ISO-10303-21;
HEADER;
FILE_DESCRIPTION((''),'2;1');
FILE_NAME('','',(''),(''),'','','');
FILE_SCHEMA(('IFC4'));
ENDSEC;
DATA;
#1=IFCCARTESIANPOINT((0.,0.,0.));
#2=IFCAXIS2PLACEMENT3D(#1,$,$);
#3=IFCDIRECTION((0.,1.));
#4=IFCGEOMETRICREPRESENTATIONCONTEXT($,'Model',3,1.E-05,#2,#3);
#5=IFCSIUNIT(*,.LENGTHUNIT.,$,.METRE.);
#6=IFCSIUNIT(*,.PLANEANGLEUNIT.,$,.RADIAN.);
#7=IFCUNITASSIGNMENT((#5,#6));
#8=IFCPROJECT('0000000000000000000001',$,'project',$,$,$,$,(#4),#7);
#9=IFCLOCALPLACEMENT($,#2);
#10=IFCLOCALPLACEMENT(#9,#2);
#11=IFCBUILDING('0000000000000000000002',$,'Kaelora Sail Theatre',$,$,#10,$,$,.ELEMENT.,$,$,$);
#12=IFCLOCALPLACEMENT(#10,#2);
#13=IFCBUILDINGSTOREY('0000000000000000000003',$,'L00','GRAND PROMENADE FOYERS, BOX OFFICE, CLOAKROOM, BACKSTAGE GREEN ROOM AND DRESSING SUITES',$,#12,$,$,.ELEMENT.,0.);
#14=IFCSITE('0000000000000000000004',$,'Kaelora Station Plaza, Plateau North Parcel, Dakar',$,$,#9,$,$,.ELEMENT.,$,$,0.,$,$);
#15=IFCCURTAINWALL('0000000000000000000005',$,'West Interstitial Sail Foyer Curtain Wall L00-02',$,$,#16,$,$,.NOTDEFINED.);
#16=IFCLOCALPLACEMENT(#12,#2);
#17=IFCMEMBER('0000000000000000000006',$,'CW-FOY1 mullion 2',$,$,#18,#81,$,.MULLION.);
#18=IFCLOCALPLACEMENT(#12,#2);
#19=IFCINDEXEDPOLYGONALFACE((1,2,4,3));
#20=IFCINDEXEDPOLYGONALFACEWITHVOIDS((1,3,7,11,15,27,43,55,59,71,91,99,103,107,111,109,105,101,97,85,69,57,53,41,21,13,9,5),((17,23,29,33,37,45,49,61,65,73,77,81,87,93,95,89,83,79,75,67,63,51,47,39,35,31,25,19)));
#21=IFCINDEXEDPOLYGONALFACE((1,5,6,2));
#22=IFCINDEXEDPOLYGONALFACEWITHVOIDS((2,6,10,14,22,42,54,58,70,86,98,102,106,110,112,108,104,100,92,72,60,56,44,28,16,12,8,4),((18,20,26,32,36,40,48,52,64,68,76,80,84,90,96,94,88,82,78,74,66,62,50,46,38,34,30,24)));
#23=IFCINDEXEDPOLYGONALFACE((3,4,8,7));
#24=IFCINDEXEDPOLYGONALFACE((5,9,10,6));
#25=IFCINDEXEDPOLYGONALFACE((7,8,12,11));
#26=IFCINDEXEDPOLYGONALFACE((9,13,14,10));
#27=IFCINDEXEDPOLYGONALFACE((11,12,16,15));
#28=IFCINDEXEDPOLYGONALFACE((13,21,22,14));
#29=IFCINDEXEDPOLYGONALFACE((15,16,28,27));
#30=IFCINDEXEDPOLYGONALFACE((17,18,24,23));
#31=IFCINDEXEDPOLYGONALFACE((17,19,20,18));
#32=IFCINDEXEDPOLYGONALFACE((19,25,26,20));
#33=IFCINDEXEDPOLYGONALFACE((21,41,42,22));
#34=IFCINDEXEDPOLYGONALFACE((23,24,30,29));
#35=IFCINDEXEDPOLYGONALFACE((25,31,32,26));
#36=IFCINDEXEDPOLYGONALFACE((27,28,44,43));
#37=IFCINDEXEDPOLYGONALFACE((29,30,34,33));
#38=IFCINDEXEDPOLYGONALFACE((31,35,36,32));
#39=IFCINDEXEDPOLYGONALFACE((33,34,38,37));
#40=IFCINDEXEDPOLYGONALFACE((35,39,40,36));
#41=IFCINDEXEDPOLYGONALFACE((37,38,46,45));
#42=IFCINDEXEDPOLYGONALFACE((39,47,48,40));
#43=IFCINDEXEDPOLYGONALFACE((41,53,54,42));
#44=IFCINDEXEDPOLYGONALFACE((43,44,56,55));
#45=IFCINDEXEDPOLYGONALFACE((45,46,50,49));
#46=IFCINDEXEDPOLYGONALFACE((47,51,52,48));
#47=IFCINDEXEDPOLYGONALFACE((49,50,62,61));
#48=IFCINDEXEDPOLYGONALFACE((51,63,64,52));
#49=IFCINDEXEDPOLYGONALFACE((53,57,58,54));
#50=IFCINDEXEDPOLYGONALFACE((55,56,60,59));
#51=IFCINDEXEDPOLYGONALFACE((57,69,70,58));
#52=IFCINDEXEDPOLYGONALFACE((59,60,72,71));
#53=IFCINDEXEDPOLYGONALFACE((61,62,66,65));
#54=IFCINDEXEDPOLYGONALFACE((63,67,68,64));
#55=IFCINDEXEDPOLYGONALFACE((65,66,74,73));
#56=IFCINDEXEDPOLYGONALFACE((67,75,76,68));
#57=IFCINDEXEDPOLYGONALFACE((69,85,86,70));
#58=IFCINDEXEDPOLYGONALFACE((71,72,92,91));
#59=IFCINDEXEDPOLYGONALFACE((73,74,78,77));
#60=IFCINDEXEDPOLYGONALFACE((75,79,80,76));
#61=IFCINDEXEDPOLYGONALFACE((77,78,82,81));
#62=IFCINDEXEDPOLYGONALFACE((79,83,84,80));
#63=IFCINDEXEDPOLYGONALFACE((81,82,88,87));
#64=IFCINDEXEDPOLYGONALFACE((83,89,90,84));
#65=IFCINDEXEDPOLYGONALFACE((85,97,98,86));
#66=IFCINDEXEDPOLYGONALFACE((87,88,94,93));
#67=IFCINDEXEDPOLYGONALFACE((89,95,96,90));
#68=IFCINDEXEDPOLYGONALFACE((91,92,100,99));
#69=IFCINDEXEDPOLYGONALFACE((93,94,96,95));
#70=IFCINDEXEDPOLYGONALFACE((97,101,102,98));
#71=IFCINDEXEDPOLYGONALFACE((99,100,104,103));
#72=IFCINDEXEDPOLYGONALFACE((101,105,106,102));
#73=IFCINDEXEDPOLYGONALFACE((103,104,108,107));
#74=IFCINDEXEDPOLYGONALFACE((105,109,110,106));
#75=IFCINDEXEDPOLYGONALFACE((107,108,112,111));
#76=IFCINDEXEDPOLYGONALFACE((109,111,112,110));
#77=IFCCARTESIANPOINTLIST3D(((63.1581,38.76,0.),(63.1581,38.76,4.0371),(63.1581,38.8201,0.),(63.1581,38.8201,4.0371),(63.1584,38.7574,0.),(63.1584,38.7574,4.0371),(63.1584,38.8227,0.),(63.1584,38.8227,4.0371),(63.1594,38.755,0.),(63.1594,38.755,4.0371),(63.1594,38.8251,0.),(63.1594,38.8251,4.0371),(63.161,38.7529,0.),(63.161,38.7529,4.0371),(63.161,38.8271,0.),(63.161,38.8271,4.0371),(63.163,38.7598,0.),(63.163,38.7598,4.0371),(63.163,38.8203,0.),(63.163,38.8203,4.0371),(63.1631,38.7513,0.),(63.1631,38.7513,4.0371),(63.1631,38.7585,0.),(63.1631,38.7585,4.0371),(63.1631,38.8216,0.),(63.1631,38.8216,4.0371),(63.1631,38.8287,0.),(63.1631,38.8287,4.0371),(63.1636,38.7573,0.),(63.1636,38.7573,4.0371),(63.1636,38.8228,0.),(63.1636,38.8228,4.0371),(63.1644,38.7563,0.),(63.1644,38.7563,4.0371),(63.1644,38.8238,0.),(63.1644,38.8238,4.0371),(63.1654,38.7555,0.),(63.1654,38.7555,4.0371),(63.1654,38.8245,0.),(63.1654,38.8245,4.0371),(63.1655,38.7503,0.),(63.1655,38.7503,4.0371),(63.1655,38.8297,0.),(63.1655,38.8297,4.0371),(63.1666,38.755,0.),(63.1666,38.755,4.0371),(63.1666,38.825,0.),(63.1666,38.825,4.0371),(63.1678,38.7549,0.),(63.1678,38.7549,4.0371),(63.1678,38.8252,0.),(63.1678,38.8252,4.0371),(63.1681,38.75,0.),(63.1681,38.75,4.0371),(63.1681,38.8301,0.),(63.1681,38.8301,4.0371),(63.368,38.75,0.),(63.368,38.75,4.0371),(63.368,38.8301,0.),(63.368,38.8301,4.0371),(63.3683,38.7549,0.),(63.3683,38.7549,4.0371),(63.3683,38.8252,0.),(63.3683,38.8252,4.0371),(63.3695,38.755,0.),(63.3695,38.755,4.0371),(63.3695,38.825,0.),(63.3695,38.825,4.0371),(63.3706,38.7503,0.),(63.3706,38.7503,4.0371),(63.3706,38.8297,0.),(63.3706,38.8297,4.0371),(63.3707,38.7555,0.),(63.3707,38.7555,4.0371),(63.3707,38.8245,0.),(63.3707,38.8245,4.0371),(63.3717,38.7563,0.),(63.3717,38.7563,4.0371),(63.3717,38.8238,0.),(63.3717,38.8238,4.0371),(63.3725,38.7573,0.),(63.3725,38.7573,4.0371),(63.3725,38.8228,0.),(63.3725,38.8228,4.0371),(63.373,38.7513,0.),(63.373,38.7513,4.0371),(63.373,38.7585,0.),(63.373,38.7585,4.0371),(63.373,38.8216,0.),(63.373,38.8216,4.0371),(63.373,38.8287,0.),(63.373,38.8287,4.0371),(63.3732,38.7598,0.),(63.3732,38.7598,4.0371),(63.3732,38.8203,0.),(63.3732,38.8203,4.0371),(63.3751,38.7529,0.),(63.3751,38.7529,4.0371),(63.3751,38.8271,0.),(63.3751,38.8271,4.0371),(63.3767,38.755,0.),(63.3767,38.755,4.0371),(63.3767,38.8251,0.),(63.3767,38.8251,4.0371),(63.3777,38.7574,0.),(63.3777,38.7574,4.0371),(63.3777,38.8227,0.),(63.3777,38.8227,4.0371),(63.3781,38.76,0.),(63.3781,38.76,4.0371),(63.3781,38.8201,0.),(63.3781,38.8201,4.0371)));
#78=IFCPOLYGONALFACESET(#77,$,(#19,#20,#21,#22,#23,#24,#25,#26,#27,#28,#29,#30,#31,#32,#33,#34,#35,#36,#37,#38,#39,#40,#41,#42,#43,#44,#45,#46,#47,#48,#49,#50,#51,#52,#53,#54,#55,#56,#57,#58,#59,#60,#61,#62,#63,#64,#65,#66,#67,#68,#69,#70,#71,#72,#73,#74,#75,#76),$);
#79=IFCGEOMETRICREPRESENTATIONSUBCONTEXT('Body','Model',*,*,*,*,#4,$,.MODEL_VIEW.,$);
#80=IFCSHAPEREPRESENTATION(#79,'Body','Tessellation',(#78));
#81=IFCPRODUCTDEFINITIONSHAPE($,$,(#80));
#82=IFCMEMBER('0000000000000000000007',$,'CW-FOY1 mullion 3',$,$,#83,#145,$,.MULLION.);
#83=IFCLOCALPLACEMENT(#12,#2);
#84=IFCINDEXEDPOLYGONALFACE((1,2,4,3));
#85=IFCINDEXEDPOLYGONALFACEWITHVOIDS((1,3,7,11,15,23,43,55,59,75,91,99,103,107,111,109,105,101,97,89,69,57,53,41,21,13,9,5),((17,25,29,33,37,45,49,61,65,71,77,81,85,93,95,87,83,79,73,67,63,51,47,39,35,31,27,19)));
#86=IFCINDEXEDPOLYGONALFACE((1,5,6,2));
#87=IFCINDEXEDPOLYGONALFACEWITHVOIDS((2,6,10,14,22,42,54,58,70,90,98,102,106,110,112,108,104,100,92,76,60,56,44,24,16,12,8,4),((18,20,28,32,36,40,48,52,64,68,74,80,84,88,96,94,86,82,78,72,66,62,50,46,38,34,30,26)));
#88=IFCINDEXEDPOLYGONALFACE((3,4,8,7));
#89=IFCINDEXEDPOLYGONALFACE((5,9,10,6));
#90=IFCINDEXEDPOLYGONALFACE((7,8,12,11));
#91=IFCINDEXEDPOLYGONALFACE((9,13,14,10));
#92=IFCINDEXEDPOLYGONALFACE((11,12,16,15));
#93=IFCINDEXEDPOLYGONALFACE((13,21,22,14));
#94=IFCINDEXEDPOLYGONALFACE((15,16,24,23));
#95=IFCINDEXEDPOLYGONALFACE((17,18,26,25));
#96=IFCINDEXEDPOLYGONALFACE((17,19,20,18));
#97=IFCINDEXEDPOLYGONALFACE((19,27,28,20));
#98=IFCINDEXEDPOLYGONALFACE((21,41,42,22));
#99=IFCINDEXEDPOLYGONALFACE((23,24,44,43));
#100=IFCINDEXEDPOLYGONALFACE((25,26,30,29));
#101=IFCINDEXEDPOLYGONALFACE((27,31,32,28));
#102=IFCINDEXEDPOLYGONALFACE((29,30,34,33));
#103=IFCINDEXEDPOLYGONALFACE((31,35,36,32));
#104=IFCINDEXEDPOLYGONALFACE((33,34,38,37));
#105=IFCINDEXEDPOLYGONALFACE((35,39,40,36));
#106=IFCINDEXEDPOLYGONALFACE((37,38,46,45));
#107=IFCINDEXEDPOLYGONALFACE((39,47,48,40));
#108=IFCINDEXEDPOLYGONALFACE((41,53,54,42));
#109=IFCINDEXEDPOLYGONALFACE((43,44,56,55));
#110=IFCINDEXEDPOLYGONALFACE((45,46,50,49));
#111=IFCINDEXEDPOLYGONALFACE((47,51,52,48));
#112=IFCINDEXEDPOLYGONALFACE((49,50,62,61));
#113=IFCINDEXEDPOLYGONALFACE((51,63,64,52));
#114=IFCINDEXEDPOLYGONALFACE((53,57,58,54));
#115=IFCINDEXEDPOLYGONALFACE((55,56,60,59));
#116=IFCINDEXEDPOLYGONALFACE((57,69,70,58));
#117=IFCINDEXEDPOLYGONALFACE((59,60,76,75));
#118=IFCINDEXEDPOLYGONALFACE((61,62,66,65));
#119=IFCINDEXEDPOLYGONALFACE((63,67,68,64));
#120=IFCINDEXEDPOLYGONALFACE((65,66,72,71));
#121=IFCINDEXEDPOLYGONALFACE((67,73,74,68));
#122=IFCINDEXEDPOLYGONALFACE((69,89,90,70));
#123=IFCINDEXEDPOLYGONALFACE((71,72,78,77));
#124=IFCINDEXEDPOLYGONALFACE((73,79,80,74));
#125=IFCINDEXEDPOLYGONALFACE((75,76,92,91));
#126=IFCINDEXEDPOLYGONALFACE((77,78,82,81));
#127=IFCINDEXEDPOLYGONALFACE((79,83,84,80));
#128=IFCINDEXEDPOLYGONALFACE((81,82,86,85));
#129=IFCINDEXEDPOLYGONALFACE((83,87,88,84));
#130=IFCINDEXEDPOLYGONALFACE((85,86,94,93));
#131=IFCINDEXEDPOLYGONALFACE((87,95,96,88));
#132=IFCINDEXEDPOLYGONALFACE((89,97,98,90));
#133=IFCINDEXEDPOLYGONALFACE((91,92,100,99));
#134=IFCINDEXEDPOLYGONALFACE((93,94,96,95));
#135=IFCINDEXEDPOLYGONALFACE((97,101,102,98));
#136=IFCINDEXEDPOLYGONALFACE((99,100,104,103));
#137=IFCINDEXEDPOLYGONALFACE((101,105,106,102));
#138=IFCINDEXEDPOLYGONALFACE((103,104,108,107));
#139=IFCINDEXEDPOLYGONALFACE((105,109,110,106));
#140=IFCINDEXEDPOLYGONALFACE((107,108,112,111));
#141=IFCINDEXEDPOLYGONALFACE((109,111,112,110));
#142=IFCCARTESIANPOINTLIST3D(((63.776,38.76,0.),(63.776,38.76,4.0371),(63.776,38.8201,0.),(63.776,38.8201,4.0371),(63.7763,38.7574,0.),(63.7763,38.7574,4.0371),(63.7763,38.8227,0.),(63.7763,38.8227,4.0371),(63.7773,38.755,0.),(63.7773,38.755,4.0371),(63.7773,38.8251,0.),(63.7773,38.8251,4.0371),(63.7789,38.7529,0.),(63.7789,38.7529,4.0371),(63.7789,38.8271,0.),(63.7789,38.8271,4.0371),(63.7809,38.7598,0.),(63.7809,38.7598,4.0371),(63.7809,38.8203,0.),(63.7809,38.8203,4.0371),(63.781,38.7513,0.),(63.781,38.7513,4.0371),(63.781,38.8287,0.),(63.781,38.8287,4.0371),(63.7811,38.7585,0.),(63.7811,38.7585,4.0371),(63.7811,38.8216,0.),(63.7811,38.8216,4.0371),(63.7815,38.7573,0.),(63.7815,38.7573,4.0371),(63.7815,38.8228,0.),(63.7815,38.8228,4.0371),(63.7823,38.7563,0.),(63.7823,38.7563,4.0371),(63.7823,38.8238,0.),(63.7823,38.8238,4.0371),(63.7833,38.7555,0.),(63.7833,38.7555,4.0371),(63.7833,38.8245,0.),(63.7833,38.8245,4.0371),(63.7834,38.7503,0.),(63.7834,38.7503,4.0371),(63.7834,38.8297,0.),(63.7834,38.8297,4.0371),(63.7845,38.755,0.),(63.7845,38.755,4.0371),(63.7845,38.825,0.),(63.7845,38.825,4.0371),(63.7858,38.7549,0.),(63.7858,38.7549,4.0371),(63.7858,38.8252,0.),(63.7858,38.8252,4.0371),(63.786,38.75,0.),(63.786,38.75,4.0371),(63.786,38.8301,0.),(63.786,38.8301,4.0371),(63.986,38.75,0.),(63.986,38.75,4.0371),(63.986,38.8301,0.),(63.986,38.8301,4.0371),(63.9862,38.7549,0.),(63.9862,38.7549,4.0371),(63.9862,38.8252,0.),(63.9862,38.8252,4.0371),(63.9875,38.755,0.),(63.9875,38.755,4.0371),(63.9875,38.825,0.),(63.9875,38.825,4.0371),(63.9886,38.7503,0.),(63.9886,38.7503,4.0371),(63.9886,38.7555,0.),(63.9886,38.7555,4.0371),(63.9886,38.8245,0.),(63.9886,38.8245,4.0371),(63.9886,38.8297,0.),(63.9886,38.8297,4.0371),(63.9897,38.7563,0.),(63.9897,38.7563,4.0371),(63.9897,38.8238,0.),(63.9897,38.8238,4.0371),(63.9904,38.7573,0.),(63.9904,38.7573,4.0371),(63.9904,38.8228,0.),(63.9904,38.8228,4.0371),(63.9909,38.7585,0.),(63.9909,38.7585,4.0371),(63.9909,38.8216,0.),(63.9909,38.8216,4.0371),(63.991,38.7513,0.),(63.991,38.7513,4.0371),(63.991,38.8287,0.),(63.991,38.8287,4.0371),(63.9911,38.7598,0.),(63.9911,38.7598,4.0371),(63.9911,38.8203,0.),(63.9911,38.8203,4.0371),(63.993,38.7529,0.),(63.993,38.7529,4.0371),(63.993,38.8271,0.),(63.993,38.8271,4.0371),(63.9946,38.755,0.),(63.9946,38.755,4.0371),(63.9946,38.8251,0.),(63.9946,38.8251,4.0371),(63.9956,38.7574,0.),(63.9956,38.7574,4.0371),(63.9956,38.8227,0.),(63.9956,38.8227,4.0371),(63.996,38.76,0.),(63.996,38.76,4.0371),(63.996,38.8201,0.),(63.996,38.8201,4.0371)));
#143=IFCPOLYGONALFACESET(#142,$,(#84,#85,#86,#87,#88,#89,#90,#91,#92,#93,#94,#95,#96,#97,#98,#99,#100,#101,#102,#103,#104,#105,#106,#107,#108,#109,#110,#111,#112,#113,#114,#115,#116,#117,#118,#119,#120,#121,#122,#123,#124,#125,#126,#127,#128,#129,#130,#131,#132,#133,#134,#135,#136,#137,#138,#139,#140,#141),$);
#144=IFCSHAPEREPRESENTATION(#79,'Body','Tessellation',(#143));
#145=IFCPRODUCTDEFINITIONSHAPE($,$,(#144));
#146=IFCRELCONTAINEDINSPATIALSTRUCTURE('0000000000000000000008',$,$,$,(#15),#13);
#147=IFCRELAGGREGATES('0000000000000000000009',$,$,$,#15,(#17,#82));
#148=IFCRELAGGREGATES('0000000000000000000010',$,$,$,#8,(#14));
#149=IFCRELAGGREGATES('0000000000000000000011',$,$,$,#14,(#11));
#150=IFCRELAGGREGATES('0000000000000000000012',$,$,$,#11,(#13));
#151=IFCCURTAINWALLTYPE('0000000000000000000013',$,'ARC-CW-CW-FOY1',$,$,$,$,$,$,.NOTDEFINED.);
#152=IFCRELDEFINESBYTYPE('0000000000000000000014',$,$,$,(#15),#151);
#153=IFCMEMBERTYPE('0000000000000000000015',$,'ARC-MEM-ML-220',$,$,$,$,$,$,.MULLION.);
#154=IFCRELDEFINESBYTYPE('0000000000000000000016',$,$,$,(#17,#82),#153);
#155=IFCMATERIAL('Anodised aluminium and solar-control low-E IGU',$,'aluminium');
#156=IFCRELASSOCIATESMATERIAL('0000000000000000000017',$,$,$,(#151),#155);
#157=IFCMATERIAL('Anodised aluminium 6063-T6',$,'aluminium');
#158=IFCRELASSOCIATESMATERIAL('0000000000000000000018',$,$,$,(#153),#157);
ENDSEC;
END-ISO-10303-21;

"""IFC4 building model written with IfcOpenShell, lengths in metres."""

from ifc_helpers import new_model, si_unit, direction, frame, origin, origin_2d, place, context, subcontext, project, spatial, hollow_rectangle, extrude, material, material_profile, profile_set, type_object, element, aggregate, save


model = new_model("IFC4")

# Units and contexts
model_context = context("Model", 3, precision=1e-05, world=origin(), true_north=direction((0.0, 1.0)))
body_context = subcontext(model_context, "Body", "Model", "MODEL_VIEW")
ifc_project = project(units=[si_unit("LENGTHUNIT", "METRE"), si_unit("PLANEANGLEUNIT", "RADIAN")], contexts=[model_context])

# Site, building, storey
site_placement = place(None, origin())
site = spatial("IfcSite", under=ifc_project, at=site_placement, Name="Kaelora Station Plaza, Plateau North Parcel, Dakar", CompositionType="ELEMENT", RefElevation=0.0)
building_placement = place(site_placement, origin())
building = spatial("IfcBuilding", under=site, at=building_placement, Name="Kaelora Sail Theatre", CompositionType="ELEMENT")
storey_placement = place(building_placement, origin())
storey = spatial("IfcBuildingStorey", under=building, at=storey_placement, Name="L00", Description="GRAND PROMENADE FOYERS, BOX OFFICE, CLOAKROOM, BACKSTAGE GREEN ROOM AND DRESSING SUITES", CompositionType="ELEMENT", Elevation=0.0)

# Shared definitions
ifc_material_1 = material(Name="Anodised aluminium and solar-control low-E IGU", Category="aluminium")
curtain_wall_type = type_object("IfcCurtainWallType", Name="ARC-CW-CW-FOY1", PredefinedType="NOTDEFINED", material=ifc_material_1)
ifc_material_2 = material(Name="Anodised aluminium 6063-T6", Category="aluminium")
ifc_material_profile_1 = material_profile(ifc_material_2, hollow_rectangle(XDim=0.0801, YDim=0.22, WallThickness=0.0049, InnerFilletRadius=0.0049, OuterFilletRadius=0.01, at=origin_2d()), Name="ALU-MULL 80x220x5")
ifc_profile_set_1 = profile_set([ifc_material_profile_1], Name="Anodised aluminium 6063-T6")
member_type_1 = type_object("IfcMemberType", Name="ARC-MEM-ML-220", PredefinedType="MULLION", material=ifc_profile_set_1)

# Curtain wall, members
curtain_wall_1_placement = place(storey_placement, origin())
curtain_wall_1 = element("IfcCurtainWall", 1, at=curtain_wall_1_placement, inside=storey, type_object=curtain_wall_type, Name="West Interstitial Sail Foyer Curtain Wall L00-02", PredefinedType="NOTDEFINED")
member_1_placement = place(storey_placement, frame((63.2681, 38.79, 0.0), z_axis=(0.0, 0.0, 1.0), x_axis=(0.0, 1.0, 0.0)))
member_1 = element("IfcMember", 2, at=member_1_placement, type_object=member_type_1, Name="CW-FOY1 mullion 2", PredefinedType="MULLION", context=body_context, shape_type="SweptSolid", body=[
    extrude(hollow_rectangle(XDim=0.0801, YDim=0.22, WallThickness=0.0049, InnerFilletRadius=0.0049, OuterFilletRadius=0.01, at=origin_2d()), origin(), (0.0, 0.0, 1.0), 4.0371),
])
member_2_placement = place(storey_placement, frame((63.886, 38.79, 0.0), z_axis=(0.0, 0.0, 1.0), x_axis=(0.0, 1.0, 0.0)))
member_2 = element("IfcMember", 3, at=member_2_placement, type_object=member_type_1, Name="CW-FOY1 mullion 3", PredefinedType="MULLION", context=body_context, shape_type="SweptSolid", body=[
    extrude(hollow_rectangle(XDim=0.0801, YDim=0.22, WallThickness=0.0049, InnerFilletRadius=0.0049, OuterFilletRadius=0.01, at=origin_2d()), origin(), (0.0, 0.0, 1.0), 4.0371),
])
aggregate(curtain_wall_1, [member_1, member_2])

save(model, "model.ifc")
